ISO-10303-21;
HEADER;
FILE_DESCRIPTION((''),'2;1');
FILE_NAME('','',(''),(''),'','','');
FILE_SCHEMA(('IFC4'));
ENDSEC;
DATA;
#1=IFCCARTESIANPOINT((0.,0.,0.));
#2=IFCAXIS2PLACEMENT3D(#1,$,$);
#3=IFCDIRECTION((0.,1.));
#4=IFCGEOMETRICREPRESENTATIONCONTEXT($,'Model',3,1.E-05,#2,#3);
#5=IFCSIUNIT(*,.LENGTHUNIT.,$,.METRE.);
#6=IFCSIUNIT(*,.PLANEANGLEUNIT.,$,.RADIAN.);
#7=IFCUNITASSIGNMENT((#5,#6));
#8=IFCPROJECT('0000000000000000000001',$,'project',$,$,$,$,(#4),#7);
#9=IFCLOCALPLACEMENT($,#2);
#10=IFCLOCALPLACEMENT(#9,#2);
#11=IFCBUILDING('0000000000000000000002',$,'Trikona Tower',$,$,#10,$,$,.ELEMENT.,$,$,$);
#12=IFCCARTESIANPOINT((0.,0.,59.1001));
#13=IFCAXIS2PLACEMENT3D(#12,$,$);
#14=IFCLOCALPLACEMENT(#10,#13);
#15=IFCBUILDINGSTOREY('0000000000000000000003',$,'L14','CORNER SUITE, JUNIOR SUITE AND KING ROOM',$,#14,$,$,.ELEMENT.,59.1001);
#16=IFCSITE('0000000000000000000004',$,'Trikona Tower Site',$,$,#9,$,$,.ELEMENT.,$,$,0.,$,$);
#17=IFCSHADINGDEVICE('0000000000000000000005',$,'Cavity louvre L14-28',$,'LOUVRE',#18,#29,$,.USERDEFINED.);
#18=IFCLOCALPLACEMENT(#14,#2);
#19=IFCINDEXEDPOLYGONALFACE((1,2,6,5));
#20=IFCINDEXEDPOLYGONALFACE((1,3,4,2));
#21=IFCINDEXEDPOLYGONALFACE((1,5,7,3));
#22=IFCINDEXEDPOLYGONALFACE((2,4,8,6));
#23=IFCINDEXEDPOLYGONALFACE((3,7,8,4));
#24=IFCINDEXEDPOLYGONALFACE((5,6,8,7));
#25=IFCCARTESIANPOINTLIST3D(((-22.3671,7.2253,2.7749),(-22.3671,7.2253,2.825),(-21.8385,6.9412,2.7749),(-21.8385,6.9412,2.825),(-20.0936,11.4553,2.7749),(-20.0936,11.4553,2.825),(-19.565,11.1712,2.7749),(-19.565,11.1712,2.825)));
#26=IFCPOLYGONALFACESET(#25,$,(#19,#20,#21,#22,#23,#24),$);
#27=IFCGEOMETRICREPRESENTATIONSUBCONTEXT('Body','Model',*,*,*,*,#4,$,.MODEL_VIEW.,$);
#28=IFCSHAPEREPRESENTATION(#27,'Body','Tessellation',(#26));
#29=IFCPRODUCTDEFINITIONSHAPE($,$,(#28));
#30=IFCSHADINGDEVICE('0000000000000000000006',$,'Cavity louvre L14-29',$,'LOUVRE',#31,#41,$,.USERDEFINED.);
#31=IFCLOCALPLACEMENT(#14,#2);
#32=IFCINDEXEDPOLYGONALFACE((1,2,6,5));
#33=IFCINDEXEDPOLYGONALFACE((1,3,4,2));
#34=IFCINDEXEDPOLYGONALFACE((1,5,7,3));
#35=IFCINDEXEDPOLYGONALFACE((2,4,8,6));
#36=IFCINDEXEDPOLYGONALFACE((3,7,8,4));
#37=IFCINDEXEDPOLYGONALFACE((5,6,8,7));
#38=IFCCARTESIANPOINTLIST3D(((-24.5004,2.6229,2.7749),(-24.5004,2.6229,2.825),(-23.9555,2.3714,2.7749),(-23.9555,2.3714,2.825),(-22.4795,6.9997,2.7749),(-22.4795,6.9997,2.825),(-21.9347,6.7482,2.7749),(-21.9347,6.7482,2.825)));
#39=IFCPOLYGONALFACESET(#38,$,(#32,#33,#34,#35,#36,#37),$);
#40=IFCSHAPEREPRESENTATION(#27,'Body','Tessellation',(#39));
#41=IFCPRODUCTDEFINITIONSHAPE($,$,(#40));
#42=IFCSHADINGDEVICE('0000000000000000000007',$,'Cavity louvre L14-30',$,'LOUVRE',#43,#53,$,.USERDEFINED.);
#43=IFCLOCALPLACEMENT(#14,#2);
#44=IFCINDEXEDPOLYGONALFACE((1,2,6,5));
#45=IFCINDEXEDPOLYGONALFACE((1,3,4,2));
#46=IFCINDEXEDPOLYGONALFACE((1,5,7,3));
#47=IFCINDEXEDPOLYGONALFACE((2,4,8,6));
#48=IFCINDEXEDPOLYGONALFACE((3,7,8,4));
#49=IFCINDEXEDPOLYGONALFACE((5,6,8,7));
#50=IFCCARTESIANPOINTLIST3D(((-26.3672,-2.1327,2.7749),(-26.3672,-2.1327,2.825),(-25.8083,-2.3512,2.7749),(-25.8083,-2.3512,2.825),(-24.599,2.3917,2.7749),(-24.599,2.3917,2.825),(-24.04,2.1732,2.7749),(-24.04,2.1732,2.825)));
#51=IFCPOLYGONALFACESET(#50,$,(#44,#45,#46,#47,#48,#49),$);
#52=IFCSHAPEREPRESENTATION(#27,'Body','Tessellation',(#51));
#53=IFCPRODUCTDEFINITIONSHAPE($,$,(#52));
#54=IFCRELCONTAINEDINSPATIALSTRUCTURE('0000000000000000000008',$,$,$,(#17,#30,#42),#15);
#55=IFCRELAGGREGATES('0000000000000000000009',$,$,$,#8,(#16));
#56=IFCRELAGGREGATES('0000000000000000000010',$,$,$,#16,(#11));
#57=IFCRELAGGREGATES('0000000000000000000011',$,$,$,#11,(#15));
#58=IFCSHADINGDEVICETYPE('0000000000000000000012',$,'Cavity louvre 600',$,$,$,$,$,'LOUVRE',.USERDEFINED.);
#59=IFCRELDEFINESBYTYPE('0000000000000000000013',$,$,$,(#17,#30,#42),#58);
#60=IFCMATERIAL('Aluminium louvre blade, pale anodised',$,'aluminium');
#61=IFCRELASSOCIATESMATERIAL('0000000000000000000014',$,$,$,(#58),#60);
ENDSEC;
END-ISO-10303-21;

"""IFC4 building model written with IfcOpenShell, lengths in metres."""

from ifc_helpers import new_model, si_unit, direction, frame, origin, origin_2d, place, context, subcontext, project, spatial, rectangle, extrude, material, type_object, element, save


model = new_model("IFC4")

# Units and contexts
model_context = context("Model", 3, precision=1e-05, world=origin(), true_north=direction((0.0, 1.0)))
body_context = subcontext(model_context, "Body", "Model", "MODEL_VIEW")
ifc_project = project(units=[si_unit("LENGTHUNIT", "METRE"), si_unit("PLANEANGLEUNIT", "RADIAN")], contexts=[model_context])

# Site, building, storey
site_placement = place(None, origin())
site = spatial("IfcSite", under=ifc_project, at=site_placement, Name="Trikona Tower Site", CompositionType="ELEMENT", RefElevation=0.0)
building_placement = place(site_placement, origin())
building = spatial("IfcBuilding", under=site, at=building_placement, Name="Trikona Tower", CompositionType="ELEMENT")
storey_placement = place(building_placement, frame((0.0, 0.0, 59.1001)))
storey = spatial("IfcBuildingStorey", under=building, at=storey_placement, Name="L14", Description="CORNER SUITE, JUNIOR SUITE AND KING ROOM", CompositionType="ELEMENT", Elevation=59.1001)

# Shading devices
ifc_material_1 = material(Name="Aluminium louvre blade, pale anodised", Category="aluminium")
shading_device_type = type_object("IfcShadingDeviceType", Name="Cavity louvre 600", ElementType="LOUVRE", PredefinedType="USERDEFINED", material=ifc_material_1)
shading_device_1_placement = place(storey_placement, frame((-20.9661, 9.1982, 2.7749), z_axis=(0.0, 0.0, 1.0), x_axis=(-0.473423, -0.880835, 0.0)))
element("IfcShadingDevice", 1, at=shading_device_1_placement, inside=storey, type_object=shading_device_type, Name="Cavity louvre L14-28", ObjectType="LOUVRE", PredefinedType="USERDEFINED", context=body_context, shape_type="SweptSolid", body=[
    extrude(rectangle(XDim=4.8022, YDim=0.6001, at=origin_2d()), origin(), (0.0, 0.0, 1.0), 0.05),
])
shading_device_2_placement = place(storey_placement, frame((-23.2175, 4.6855, 2.7749), z_axis=(0.0, 0.0, 1.0), x_axis=(-0.419194, -0.907897, 0.0)))
element("IfcShadingDevice", 2, at=shading_device_2_placement, inside=storey, type_object=shading_device_type, Name="Cavity louvre L14-29", ObjectType="LOUVRE", PredefinedType="USERDEFINED", context=body_context, shape_type="SweptSolid", body=[
    extrude(rectangle(XDim=4.8208, YDim=0.6001, at=origin_2d()), origin(), (0.0, 0.0, 1.0), 0.05),
])
shading_device_3_placement = place(storey_placement, frame((-25.2036, 0.0203, 2.7749), z_axis=(0.0, 0.0, 1.0), x_axis=(-0.364009, -0.931395, 0.0)))
element("IfcShadingDevice", 3, at=shading_device_3_placement, inside=storey, type_object=shading_device_type, Name="Cavity louvre L14-30", ObjectType="LOUVRE", PredefinedType="USERDEFINED", context=body_context, shape_type="SweptSolid", body=[
    extrude(rectangle(XDim=4.8577, YDim=0.6001, at=origin_2d()), origin(), (0.0, 0.0, 1.0), 0.05),
])

save(model, "model.ifc")
